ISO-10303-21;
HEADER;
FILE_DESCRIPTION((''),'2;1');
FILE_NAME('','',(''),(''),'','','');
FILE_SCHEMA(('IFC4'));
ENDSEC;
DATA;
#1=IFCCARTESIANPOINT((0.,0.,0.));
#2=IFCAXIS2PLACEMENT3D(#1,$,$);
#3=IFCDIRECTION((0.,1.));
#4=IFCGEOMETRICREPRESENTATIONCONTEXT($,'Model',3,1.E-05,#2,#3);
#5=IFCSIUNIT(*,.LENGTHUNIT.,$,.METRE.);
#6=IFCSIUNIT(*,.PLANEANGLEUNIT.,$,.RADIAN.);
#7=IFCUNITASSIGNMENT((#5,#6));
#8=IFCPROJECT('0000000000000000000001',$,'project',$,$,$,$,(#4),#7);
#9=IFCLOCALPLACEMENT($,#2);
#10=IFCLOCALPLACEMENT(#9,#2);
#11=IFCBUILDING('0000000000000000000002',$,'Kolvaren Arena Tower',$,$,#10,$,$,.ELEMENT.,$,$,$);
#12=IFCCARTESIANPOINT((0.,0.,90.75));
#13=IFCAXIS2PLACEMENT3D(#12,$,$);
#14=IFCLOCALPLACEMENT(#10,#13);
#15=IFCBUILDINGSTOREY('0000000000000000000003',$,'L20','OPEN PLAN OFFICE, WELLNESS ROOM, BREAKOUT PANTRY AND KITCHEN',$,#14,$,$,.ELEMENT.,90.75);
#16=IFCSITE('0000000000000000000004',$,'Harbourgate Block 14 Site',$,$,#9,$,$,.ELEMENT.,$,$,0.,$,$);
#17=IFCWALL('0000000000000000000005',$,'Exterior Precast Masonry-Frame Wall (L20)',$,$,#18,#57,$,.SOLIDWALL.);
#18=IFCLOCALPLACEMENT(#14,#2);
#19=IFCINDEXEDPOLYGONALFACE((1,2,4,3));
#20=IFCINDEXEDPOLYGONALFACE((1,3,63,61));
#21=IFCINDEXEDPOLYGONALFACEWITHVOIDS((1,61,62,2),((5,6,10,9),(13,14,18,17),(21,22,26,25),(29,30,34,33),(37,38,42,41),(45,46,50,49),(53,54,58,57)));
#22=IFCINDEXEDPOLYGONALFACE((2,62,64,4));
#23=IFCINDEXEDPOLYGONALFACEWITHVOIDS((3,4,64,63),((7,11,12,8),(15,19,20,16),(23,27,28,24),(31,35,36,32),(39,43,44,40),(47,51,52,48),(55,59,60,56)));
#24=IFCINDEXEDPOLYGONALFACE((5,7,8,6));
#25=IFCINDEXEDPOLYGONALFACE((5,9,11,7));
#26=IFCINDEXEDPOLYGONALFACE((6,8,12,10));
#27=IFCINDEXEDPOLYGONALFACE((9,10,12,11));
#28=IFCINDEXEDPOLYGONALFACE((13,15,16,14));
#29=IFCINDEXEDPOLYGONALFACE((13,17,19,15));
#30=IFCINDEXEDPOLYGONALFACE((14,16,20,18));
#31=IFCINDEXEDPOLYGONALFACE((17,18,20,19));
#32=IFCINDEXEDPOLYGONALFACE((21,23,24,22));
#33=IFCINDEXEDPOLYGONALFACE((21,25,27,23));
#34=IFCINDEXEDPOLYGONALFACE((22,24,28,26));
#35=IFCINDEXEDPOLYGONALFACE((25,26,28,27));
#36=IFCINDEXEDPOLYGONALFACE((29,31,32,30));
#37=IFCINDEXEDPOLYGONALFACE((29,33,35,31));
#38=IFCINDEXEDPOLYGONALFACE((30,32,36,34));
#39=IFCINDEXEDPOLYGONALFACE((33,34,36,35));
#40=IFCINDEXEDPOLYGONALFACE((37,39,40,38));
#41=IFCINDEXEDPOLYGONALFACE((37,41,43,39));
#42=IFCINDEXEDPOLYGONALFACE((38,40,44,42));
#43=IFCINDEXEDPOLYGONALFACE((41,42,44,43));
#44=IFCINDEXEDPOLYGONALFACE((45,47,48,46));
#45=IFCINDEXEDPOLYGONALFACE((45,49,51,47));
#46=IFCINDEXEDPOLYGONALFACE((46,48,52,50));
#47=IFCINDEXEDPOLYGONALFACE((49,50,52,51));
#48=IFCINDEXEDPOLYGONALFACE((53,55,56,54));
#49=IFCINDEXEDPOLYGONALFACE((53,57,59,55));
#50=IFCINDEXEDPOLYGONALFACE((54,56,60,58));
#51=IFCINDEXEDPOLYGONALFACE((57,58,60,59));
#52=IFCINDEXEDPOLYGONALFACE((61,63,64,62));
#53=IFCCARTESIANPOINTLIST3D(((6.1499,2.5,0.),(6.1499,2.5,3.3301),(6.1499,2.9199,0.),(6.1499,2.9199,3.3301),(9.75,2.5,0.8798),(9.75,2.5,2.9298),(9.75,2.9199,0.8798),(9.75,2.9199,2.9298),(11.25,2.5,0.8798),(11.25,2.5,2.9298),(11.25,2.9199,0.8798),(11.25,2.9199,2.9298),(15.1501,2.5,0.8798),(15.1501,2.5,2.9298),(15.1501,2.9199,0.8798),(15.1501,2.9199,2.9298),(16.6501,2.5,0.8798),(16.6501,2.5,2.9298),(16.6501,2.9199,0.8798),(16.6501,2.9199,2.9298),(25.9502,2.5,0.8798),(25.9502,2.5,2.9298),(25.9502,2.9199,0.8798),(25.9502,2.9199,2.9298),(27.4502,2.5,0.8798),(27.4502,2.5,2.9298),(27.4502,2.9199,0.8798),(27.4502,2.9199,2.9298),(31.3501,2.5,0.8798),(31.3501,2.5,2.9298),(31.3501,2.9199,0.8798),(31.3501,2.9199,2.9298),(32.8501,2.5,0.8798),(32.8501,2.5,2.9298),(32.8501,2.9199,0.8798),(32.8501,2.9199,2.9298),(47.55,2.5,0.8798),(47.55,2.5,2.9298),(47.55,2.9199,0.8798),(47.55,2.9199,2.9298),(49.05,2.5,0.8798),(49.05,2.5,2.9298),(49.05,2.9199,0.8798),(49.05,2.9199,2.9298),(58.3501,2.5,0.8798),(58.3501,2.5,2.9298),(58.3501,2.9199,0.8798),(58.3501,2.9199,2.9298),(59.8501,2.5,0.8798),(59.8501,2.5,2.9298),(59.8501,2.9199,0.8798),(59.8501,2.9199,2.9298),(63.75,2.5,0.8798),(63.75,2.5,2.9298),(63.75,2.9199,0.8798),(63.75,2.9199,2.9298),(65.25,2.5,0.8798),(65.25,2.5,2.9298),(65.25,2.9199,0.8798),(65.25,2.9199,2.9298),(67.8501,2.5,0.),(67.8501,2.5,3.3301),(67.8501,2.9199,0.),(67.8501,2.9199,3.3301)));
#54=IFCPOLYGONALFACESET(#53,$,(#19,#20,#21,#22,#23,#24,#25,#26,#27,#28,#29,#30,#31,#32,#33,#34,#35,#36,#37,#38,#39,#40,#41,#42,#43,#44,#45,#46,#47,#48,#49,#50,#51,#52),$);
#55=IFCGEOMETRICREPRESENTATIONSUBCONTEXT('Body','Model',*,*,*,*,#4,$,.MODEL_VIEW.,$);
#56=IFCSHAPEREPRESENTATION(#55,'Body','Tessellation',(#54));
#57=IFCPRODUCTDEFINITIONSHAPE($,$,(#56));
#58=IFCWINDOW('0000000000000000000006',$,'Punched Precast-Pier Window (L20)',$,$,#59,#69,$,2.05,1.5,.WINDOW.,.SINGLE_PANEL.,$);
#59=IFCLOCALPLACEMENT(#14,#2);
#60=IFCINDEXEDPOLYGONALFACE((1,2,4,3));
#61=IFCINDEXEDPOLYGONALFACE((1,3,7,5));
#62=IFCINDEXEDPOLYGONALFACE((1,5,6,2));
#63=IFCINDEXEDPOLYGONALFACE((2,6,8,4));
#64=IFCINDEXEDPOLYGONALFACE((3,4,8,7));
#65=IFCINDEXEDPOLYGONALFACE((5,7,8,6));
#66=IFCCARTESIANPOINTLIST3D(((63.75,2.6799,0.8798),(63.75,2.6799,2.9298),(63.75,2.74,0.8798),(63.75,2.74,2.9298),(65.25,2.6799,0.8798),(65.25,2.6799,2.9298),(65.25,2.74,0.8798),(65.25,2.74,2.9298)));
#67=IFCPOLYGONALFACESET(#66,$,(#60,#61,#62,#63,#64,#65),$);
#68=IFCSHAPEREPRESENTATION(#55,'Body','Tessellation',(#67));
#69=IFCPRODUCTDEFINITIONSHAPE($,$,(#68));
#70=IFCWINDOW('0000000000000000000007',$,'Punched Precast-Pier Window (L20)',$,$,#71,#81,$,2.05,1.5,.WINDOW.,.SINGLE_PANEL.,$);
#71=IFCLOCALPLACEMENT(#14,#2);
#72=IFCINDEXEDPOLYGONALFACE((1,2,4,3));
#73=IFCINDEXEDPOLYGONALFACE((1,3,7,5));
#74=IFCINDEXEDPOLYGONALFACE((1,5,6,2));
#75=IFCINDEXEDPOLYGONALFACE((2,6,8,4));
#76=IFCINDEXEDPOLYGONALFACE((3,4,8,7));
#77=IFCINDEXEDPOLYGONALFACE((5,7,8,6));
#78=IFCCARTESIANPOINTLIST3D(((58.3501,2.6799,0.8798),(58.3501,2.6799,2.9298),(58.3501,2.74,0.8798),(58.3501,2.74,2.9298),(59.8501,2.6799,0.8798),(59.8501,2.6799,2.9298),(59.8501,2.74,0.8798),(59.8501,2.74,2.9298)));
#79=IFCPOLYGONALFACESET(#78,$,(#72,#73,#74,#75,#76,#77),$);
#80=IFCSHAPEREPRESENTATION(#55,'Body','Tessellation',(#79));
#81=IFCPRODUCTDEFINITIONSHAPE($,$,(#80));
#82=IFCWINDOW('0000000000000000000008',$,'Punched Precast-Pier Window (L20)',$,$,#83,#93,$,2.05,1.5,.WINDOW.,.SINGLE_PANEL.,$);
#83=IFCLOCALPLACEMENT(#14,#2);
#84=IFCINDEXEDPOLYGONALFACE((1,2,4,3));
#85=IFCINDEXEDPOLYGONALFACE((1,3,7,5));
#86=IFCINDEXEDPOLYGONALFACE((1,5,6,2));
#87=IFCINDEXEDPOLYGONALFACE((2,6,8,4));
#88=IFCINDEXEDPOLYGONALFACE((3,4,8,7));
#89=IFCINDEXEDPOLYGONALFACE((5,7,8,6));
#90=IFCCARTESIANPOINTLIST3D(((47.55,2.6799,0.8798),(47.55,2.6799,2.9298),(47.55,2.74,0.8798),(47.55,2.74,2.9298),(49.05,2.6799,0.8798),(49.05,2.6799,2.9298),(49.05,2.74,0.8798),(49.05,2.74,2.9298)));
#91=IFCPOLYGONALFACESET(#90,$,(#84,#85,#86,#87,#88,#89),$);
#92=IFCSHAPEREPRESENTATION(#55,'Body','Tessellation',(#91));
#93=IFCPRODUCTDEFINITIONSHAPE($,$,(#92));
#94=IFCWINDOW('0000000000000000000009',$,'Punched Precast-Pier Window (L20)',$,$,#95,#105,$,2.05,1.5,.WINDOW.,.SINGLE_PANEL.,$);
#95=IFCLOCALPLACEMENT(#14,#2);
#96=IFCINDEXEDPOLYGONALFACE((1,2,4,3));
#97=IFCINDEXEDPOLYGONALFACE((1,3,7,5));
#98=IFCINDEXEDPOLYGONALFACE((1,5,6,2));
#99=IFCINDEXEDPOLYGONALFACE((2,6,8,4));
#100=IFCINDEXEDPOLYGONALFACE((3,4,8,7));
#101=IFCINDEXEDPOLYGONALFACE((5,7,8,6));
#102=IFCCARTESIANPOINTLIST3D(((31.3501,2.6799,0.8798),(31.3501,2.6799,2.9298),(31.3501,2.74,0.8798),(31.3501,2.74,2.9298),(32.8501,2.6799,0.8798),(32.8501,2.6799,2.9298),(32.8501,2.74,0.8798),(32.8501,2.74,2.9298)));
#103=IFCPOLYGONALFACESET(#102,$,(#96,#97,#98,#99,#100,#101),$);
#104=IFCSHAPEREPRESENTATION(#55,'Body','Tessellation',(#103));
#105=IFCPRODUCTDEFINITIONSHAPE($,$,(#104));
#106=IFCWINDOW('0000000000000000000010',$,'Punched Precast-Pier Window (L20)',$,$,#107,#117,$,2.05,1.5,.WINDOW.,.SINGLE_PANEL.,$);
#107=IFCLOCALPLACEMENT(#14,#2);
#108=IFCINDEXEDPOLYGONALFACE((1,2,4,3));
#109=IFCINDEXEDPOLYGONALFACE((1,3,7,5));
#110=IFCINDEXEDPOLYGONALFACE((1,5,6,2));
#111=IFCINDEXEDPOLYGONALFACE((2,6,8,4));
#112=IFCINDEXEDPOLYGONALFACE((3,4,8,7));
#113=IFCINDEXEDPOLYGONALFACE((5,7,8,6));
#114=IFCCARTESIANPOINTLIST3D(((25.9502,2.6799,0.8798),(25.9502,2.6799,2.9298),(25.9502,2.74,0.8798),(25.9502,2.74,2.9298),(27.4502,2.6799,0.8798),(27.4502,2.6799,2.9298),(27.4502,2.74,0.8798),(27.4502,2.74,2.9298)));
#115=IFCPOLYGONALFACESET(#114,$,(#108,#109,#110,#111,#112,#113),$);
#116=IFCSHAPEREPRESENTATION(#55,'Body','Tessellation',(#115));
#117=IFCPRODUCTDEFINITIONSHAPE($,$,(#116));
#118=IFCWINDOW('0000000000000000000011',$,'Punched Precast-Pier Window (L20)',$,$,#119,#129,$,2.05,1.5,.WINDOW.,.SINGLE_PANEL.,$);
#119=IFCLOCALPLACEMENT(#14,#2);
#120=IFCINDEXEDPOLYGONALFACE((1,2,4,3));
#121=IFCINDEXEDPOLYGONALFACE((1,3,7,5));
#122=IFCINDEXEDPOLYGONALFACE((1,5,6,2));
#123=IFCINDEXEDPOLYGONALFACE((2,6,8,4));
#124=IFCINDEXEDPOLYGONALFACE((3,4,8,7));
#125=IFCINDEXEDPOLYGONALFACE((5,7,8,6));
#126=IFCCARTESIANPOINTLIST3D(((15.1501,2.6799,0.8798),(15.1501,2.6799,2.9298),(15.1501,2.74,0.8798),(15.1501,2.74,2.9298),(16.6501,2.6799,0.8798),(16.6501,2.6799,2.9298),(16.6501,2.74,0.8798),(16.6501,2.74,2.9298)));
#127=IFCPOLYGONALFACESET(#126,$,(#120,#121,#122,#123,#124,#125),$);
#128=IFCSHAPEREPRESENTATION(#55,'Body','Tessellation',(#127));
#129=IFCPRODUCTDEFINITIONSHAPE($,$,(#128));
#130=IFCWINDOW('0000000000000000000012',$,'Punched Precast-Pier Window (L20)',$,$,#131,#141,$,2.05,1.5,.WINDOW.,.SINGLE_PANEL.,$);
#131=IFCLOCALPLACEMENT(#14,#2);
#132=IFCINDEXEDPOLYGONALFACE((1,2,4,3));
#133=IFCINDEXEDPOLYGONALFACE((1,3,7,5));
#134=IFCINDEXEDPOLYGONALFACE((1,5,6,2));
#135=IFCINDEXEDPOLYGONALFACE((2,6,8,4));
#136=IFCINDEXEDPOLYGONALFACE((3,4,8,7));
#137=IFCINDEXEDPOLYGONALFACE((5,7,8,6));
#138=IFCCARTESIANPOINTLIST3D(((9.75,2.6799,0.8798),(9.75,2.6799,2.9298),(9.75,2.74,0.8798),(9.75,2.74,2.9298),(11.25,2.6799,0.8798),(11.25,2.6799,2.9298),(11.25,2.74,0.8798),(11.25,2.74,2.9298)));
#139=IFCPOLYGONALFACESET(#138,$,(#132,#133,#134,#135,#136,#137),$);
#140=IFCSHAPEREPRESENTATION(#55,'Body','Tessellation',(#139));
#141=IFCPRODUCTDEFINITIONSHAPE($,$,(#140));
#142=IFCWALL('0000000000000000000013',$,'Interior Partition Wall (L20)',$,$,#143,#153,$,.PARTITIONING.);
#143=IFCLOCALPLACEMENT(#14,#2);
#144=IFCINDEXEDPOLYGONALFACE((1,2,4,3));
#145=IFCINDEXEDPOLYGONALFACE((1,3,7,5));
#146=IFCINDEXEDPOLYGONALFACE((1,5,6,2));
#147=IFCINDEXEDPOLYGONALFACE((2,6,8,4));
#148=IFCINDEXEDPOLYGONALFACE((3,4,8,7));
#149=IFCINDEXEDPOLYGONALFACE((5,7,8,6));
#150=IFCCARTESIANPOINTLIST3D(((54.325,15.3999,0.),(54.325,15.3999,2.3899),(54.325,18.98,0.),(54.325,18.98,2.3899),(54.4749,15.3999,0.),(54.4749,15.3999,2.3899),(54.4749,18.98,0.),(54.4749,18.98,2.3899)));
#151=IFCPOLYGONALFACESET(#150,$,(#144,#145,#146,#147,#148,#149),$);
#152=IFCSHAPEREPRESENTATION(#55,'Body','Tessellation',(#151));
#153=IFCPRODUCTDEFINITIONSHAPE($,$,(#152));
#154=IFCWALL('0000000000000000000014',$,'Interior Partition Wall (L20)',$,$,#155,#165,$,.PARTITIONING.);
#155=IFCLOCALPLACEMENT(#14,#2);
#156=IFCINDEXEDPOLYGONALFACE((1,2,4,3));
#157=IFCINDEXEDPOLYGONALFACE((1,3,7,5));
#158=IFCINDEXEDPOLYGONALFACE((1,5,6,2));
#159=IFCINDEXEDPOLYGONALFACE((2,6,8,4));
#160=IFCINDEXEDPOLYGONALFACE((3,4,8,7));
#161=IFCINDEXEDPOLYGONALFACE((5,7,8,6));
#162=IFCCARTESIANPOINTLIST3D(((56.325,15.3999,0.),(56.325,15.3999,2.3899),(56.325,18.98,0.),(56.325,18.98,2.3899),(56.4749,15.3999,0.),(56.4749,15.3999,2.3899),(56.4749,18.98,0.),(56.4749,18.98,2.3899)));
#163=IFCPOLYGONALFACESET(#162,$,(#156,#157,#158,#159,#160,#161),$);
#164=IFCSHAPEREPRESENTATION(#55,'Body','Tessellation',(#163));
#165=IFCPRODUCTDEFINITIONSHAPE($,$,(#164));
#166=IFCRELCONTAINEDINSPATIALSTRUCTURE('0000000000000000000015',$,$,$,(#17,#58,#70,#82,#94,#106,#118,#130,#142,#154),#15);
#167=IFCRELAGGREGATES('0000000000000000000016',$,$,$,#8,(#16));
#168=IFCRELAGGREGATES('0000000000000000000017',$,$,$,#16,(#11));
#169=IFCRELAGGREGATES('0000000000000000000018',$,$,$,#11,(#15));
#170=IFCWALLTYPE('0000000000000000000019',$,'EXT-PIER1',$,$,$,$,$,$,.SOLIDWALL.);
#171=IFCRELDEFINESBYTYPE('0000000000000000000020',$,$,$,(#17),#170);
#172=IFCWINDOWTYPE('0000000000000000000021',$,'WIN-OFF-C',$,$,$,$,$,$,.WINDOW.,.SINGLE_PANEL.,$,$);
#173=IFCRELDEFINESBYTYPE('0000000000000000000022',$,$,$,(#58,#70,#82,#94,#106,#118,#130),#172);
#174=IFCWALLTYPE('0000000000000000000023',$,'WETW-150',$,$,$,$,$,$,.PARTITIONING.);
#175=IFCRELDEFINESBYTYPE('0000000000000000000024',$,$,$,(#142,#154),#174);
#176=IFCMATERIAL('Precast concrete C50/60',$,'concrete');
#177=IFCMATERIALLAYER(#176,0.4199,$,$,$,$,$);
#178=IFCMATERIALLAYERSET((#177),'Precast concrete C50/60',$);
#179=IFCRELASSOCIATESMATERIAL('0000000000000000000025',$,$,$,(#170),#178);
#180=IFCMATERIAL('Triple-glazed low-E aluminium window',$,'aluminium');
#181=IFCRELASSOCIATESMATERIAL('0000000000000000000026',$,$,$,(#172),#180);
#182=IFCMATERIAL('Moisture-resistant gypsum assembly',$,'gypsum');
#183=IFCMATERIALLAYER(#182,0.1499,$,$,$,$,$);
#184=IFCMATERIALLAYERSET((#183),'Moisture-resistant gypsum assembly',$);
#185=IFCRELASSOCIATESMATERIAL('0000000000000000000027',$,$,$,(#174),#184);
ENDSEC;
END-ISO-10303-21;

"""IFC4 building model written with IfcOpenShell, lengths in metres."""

from ifc_helpers import new_model, si_unit, direction, frame, frame_2d, origin, place, context, subcontext, project, spatial, rectangle, extrude, material, layer, layer_set, type_object, element, fill, save


model = new_model("IFC4")

# Units and contexts
model_context = context("Model", 3, precision=1e-05, world=origin(), true_north=direction((0.0, 1.0)))
body_context = subcontext(model_context, "Body", "Model", "MODEL_VIEW")
ifc_project = project(units=[si_unit("LENGTHUNIT", "METRE"), si_unit("PLANEANGLEUNIT", "RADIAN")], contexts=[model_context])

# Site, building, storey
site_placement = place(None, origin())
site = spatial("IfcSite", under=ifc_project, at=site_placement, Name="Harbourgate Block 14 Site", CompositionType="ELEMENT", RefElevation=0.0)
building_placement = place(site_placement, origin())
building = spatial("IfcBuilding", under=site, at=building_placement, Name="Kolvaren Arena Tower", CompositionType="ELEMENT")
storey_placement = place(building_placement, frame((0.0, 0.0, 90.75)))
storey = spatial("IfcBuildingStorey", under=building, at=storey_placement, Name="L20", Description="OPEN PLAN OFFICE, WELLNESS ROOM, BREAKOUT PANTRY AND KITCHEN", CompositionType="ELEMENT", Elevation=90.75)

# Shared definitions
ifc_material_1 = material(Name="Precast concrete C50/60", Category="concrete")
ifc_layer_1 = layer(ifc_material_1, 0.4199)
ifc_layer_set_1 = layer_set([ifc_layer_1], Name="Precast concrete C50/60")
wall_type_1 = type_object("IfcWallType", Name="EXT-PIER1", PredefinedType="SOLIDWALL", material=ifc_layer_set_1)

# Wall, openings, windows
wall_1_placement = place(storey_placement, frame((67.8501, 2.71, 0.0), z_axis=(0.0, 0.0, 1.0), x_axis=(-1.0, 0.0, 0.0)))
wall_1 = element("IfcWall", 1, at=wall_1_placement, inside=storey, type_object=wall_type_1, Name="Exterior Precast Masonry-Frame Wall (L20)", PredefinedType="SOLIDWALL", context=body_context, shape_type="SweptSolid", body=[
    extrude(rectangle(XDim=61.7002, YDim=0.4199, at=frame_2d((30.8501, 0.0))), origin(), (0.0, 0.0, 1.0), 3.3301),
])
opening_1_placement = place(wall_1_placement, frame((2.6001, 0.0, 0.8799)))
opening_1 = element("IfcOpeningElement", 2, at=opening_1_placement, cuts=wall_1, PredefinedType="OPENING", context=body_context, shape_type="SweptSolid", body=[
    extrude(rectangle(XDim=1.5, YDim=2.05, at=frame_2d((0.75, 1.0249))), frame((0.0, 0.22, 0.0), z_axis=(0.0, -1.0, 0.0), x_axis=(1.0, 0.0, 0.0)), (0.0, 0.0, 1.0), 0.4399),
])
opening_2_placement = place(wall_1_placement, frame((8.0, 0.0, 0.8799)))
opening_2 = element("IfcOpeningElement", 3, at=opening_2_placement, cuts=wall_1, PredefinedType="OPENING", context=body_context, shape_type="SweptSolid", body=[
    extrude(rectangle(XDim=1.5, YDim=2.05, at=frame_2d((0.75, 1.0249))), frame((0.0, 0.22, 0.0), z_axis=(0.0, -1.0, 0.0), x_axis=(1.0, 0.0, 0.0)), (0.0, 0.0, 1.0), 0.4399),
])
opening_3_placement = place(wall_1_placement, frame((18.8, 0.0, 0.8799)))
opening_3 = element("IfcOpeningElement", 4, at=opening_3_placement, cuts=wall_1, PredefinedType="OPENING", context=body_context, shape_type="SweptSolid", body=[
    extrude(rectangle(XDim=1.5, YDim=2.05, at=frame_2d((0.75, 1.0249))), frame((0.0, 0.22, 0.0), z_axis=(0.0, -1.0, 0.0), x_axis=(1.0, 0.0, 0.0)), (0.0, 0.0, 1.0), 0.4399),
])
opening_4_placement = place(wall_1_placement, frame((35.0, 0.0, 0.8799)))
opening_4 = element("IfcOpeningElement", 5, at=opening_4_placement, cuts=wall_1, PredefinedType="OPENING", context=body_context, shape_type="SweptSolid", body=[
    extrude(rectangle(XDim=1.5, YDim=2.05, at=frame_2d((0.75, 1.0249))), frame((0.0, 0.22, 0.0), z_axis=(0.0, -1.0, 0.0), x_axis=(1.0, 0.0, 0.0)), (0.0, 0.0, 1.0), 0.4399),
])
opening_5_placement = place(wall_1_placement, frame((40.3999, 0.0, 0.8799)))
opening_5 = element("IfcOpeningElement", 6, at=opening_5_placement, cuts=wall_1, PredefinedType="OPENING", context=body_context, shape_type="SweptSolid", body=[
    extrude(rectangle(XDim=1.5, YDim=2.05, at=frame_2d((0.75, 1.0249))), frame((0.0, 0.22, 0.0), z_axis=(0.0, -1.0, 0.0), x_axis=(1.0, 0.0, 0.0)), (0.0, 0.0, 1.0), 0.4399),
])
opening_6_placement = place(wall_1_placement, frame((51.2, 0.0, 0.8799)))
opening_6 = element("IfcOpeningElement", 7, at=opening_6_placement, cuts=wall_1, PredefinedType="OPENING", context=body_context, shape_type="SweptSolid", body=[
    extrude(rectangle(XDim=1.5, YDim=2.05, at=frame_2d((0.75, 1.0249))), frame((0.0, 0.22, 0.0), z_axis=(0.0, -1.0, 0.0), x_axis=(1.0, 0.0, 0.0)), (0.0, 0.0, 1.0), 0.4399),
])
opening_7_placement = place(wall_1_placement, frame((56.6001, 0.0, 0.8799)))
opening_7 = element("IfcOpeningElement", 8, at=opening_7_placement, cuts=wall_1, PredefinedType="OPENING", context=body_context, shape_type="SweptSolid", body=[
    extrude(rectangle(XDim=1.5, YDim=2.05, at=frame_2d((0.75, 1.0249))), frame((0.0, 0.22, 0.0), z_axis=(0.0, -1.0, 0.0), x_axis=(1.0, 0.0, 0.0)), (0.0, 0.0, 1.0), 0.4399),
])
ifc_material_2 = material(Name="Triple-glazed low-E aluminium window", Category="aluminium")
window_type = type_object("IfcWindowType", Name="WIN-OFF-C", PartitioningType="SINGLE_PANEL", PredefinedType="WINDOW", material=ifc_material_2)
window_1_placement = place(opening_1_placement, origin())
window_1 = element("IfcWindow", 9, at=window_1_placement, inside=storey, type_object=window_type, Name="Punched Precast-Pier Window (L20)", OverallHeight=2.05, OverallWidth=1.5, PartitioningType="SINGLE_PANEL", PredefinedType="WINDOW", context=body_context, shape_type="SweptSolid", body=[
    extrude(rectangle(XDim=1.5, YDim=2.05, at=frame_2d((0.75, 1.0249))), frame((0.0, 0.03, 0.0), z_axis=(0.0, -1.0, 0.0), x_axis=(1.0, 0.0, 0.0)), (0.0, 0.0, 1.0), 0.0601),
])
fill(opening_1, window_1)
window_2_placement = place(opening_2_placement, origin())
window_2 = element("IfcWindow", 10, at=window_2_placement, inside=storey, type_object=window_type, Name="Punched Precast-Pier Window (L20)", OverallHeight=2.05, OverallWidth=1.5, PartitioningType="SINGLE_PANEL", PredefinedType="WINDOW", context=body_context, shape_type="SweptSolid", body=[
    extrude(rectangle(XDim=1.5, YDim=2.05, at=frame_2d((0.75, 1.0249))), frame((0.0, 0.03, 0.0), z_axis=(0.0, -1.0, 0.0), x_axis=(1.0, 0.0, 0.0)), (0.0, 0.0, 1.0), 0.0601),
])
fill(opening_2, window_2)
window_3_placement = place(opening_3_placement, origin())
window_3 = element("IfcWindow", 11, at=window_3_placement, inside=storey, type_object=window_type, Name="Punched Precast-Pier Window (L20)", OverallHeight=2.05, OverallWidth=1.5, PartitioningType="SINGLE_PANEL", PredefinedType="WINDOW", context=body_context, shape_type="SweptSolid", body=[
    extrude(rectangle(XDim=1.5, YDim=2.05, at=frame_2d((0.75, 1.0249))), frame((0.0, 0.03, 0.0), z_axis=(0.0, -1.0, 0.0), x_axis=(1.0, 0.0, 0.0)), (0.0, 0.0, 1.0), 0.0601),
])
fill(opening_3, window_3)
window_4_placement = place(opening_4_placement, origin())
window_4 = element("IfcWindow", 12, at=window_4_placement, inside=storey, type_object=window_type, Name="Punched Precast-Pier Window (L20)", OverallHeight=2.05, OverallWidth=1.5, PartitioningType="SINGLE_PANEL", PredefinedType="WINDOW", context=body_context, shape_type="SweptSolid", body=[
    extrude(rectangle(XDim=1.5, YDim=2.05, at=frame_2d((0.75, 1.0249))), frame((0.0, 0.03, 0.0), z_axis=(0.0, -1.0, 0.0), x_axis=(1.0, 0.0, 0.0)), (0.0, 0.0, 1.0), 0.0601),
])
fill(opening_4, window_4)
window_5_placement = place(opening_5_placement, origin())
window_5 = element("IfcWindow", 13, at=window_5_placement, inside=storey, type_object=window_type, Name="Punched Precast-Pier Window (L20)", OverallHeight=2.05, OverallWidth=1.5, PartitioningType="SINGLE_PANEL", PredefinedType="WINDOW", context=body_context, shape_type="SweptSolid", body=[
    extrude(rectangle(XDim=1.5, YDim=2.05, at=frame_2d((0.75, 1.0249))), frame((0.0, 0.03, 0.0), z_axis=(0.0, -1.0, 0.0), x_axis=(1.0, 0.0, 0.0)), (0.0, 0.0, 1.0), 0.0601),
])
fill(opening_5, window_5)
window_6_placement = place(opening_6_placement, origin())
window_6 = element("IfcWindow", 14, at=window_6_placement, inside=storey, type_object=window_type, Name="Punched Precast-Pier Window (L20)", OverallHeight=2.05, OverallWidth=1.5, PartitioningType="SINGLE_PANEL", PredefinedType="WINDOW", context=body_context, shape_type="SweptSolid", body=[
    extrude(rectangle(XDim=1.5, YDim=2.05, at=frame_2d((0.75, 1.0249))), frame((0.0, 0.03, 0.0), z_axis=(0.0, -1.0, 0.0), x_axis=(1.0, 0.0, 0.0)), (0.0, 0.0, 1.0), 0.0601),
])
fill(opening_6, window_6)
window_7_placement = place(opening_7_placement, origin())
window_7 = element("IfcWindow", 15, at=window_7_placement, inside=storey, type_object=window_type, Name="Punched Precast-Pier Window (L20)", OverallHeight=2.05, OverallWidth=1.5, PartitioningType="SINGLE_PANEL", PredefinedType="WINDOW", context=body_context, shape_type="SweptSolid", body=[
    extrude(rectangle(XDim=1.5, YDim=2.05, at=frame_2d((0.75, 1.0249))), frame((0.0, 0.03, 0.0), z_axis=(0.0, -1.0, 0.0), x_axis=(1.0, 0.0, 0.0)), (0.0, 0.0, 1.0), 0.0601),
])
fill(opening_7, window_7)

# Walls
ifc_material_3 = material(Name="Moisture-resistant gypsum assembly", Category="gypsum")
ifc_layer_2 = layer(ifc_material_3, 0.1499)
ifc_layer_set_2 = layer_set([ifc_layer_2], Name="Moisture-resistant gypsum assembly")
wall_type_2 = type_object("IfcWallType", Name="WETW-150", PredefinedType="PARTITIONING", material=ifc_layer_set_2)
for number, where, z_axis, x_axis, name in (
    (16, (54.3999, 15.3999, 0.0), (0.0, 0.0, 1.0), (0.0, 1.0, 0.0), "Interior Partition Wall (L20)"),
    (17, (56.3999, 15.3999, 0.0), (0.0, 0.0, 1.0), (0.0, 1.0, 0.0), "Interior Partition Wall (L20)"),
):
    element("IfcWall", number, at=place(storey_placement, frame(where, z_axis=z_axis, x_axis=x_axis)), inside=storey, type_object=wall_type_2, Name=name, PredefinedType="PARTITIONING", context=body_context, shape_type="SweptSolid", body=[
        extrude(rectangle(XDim=3.5801, YDim=0.1499, at=frame_2d((1.79, 0.0))), origin(), (0.0, 0.0, 1.0), 2.3899),
    ])

save(model, "model.ifc")
